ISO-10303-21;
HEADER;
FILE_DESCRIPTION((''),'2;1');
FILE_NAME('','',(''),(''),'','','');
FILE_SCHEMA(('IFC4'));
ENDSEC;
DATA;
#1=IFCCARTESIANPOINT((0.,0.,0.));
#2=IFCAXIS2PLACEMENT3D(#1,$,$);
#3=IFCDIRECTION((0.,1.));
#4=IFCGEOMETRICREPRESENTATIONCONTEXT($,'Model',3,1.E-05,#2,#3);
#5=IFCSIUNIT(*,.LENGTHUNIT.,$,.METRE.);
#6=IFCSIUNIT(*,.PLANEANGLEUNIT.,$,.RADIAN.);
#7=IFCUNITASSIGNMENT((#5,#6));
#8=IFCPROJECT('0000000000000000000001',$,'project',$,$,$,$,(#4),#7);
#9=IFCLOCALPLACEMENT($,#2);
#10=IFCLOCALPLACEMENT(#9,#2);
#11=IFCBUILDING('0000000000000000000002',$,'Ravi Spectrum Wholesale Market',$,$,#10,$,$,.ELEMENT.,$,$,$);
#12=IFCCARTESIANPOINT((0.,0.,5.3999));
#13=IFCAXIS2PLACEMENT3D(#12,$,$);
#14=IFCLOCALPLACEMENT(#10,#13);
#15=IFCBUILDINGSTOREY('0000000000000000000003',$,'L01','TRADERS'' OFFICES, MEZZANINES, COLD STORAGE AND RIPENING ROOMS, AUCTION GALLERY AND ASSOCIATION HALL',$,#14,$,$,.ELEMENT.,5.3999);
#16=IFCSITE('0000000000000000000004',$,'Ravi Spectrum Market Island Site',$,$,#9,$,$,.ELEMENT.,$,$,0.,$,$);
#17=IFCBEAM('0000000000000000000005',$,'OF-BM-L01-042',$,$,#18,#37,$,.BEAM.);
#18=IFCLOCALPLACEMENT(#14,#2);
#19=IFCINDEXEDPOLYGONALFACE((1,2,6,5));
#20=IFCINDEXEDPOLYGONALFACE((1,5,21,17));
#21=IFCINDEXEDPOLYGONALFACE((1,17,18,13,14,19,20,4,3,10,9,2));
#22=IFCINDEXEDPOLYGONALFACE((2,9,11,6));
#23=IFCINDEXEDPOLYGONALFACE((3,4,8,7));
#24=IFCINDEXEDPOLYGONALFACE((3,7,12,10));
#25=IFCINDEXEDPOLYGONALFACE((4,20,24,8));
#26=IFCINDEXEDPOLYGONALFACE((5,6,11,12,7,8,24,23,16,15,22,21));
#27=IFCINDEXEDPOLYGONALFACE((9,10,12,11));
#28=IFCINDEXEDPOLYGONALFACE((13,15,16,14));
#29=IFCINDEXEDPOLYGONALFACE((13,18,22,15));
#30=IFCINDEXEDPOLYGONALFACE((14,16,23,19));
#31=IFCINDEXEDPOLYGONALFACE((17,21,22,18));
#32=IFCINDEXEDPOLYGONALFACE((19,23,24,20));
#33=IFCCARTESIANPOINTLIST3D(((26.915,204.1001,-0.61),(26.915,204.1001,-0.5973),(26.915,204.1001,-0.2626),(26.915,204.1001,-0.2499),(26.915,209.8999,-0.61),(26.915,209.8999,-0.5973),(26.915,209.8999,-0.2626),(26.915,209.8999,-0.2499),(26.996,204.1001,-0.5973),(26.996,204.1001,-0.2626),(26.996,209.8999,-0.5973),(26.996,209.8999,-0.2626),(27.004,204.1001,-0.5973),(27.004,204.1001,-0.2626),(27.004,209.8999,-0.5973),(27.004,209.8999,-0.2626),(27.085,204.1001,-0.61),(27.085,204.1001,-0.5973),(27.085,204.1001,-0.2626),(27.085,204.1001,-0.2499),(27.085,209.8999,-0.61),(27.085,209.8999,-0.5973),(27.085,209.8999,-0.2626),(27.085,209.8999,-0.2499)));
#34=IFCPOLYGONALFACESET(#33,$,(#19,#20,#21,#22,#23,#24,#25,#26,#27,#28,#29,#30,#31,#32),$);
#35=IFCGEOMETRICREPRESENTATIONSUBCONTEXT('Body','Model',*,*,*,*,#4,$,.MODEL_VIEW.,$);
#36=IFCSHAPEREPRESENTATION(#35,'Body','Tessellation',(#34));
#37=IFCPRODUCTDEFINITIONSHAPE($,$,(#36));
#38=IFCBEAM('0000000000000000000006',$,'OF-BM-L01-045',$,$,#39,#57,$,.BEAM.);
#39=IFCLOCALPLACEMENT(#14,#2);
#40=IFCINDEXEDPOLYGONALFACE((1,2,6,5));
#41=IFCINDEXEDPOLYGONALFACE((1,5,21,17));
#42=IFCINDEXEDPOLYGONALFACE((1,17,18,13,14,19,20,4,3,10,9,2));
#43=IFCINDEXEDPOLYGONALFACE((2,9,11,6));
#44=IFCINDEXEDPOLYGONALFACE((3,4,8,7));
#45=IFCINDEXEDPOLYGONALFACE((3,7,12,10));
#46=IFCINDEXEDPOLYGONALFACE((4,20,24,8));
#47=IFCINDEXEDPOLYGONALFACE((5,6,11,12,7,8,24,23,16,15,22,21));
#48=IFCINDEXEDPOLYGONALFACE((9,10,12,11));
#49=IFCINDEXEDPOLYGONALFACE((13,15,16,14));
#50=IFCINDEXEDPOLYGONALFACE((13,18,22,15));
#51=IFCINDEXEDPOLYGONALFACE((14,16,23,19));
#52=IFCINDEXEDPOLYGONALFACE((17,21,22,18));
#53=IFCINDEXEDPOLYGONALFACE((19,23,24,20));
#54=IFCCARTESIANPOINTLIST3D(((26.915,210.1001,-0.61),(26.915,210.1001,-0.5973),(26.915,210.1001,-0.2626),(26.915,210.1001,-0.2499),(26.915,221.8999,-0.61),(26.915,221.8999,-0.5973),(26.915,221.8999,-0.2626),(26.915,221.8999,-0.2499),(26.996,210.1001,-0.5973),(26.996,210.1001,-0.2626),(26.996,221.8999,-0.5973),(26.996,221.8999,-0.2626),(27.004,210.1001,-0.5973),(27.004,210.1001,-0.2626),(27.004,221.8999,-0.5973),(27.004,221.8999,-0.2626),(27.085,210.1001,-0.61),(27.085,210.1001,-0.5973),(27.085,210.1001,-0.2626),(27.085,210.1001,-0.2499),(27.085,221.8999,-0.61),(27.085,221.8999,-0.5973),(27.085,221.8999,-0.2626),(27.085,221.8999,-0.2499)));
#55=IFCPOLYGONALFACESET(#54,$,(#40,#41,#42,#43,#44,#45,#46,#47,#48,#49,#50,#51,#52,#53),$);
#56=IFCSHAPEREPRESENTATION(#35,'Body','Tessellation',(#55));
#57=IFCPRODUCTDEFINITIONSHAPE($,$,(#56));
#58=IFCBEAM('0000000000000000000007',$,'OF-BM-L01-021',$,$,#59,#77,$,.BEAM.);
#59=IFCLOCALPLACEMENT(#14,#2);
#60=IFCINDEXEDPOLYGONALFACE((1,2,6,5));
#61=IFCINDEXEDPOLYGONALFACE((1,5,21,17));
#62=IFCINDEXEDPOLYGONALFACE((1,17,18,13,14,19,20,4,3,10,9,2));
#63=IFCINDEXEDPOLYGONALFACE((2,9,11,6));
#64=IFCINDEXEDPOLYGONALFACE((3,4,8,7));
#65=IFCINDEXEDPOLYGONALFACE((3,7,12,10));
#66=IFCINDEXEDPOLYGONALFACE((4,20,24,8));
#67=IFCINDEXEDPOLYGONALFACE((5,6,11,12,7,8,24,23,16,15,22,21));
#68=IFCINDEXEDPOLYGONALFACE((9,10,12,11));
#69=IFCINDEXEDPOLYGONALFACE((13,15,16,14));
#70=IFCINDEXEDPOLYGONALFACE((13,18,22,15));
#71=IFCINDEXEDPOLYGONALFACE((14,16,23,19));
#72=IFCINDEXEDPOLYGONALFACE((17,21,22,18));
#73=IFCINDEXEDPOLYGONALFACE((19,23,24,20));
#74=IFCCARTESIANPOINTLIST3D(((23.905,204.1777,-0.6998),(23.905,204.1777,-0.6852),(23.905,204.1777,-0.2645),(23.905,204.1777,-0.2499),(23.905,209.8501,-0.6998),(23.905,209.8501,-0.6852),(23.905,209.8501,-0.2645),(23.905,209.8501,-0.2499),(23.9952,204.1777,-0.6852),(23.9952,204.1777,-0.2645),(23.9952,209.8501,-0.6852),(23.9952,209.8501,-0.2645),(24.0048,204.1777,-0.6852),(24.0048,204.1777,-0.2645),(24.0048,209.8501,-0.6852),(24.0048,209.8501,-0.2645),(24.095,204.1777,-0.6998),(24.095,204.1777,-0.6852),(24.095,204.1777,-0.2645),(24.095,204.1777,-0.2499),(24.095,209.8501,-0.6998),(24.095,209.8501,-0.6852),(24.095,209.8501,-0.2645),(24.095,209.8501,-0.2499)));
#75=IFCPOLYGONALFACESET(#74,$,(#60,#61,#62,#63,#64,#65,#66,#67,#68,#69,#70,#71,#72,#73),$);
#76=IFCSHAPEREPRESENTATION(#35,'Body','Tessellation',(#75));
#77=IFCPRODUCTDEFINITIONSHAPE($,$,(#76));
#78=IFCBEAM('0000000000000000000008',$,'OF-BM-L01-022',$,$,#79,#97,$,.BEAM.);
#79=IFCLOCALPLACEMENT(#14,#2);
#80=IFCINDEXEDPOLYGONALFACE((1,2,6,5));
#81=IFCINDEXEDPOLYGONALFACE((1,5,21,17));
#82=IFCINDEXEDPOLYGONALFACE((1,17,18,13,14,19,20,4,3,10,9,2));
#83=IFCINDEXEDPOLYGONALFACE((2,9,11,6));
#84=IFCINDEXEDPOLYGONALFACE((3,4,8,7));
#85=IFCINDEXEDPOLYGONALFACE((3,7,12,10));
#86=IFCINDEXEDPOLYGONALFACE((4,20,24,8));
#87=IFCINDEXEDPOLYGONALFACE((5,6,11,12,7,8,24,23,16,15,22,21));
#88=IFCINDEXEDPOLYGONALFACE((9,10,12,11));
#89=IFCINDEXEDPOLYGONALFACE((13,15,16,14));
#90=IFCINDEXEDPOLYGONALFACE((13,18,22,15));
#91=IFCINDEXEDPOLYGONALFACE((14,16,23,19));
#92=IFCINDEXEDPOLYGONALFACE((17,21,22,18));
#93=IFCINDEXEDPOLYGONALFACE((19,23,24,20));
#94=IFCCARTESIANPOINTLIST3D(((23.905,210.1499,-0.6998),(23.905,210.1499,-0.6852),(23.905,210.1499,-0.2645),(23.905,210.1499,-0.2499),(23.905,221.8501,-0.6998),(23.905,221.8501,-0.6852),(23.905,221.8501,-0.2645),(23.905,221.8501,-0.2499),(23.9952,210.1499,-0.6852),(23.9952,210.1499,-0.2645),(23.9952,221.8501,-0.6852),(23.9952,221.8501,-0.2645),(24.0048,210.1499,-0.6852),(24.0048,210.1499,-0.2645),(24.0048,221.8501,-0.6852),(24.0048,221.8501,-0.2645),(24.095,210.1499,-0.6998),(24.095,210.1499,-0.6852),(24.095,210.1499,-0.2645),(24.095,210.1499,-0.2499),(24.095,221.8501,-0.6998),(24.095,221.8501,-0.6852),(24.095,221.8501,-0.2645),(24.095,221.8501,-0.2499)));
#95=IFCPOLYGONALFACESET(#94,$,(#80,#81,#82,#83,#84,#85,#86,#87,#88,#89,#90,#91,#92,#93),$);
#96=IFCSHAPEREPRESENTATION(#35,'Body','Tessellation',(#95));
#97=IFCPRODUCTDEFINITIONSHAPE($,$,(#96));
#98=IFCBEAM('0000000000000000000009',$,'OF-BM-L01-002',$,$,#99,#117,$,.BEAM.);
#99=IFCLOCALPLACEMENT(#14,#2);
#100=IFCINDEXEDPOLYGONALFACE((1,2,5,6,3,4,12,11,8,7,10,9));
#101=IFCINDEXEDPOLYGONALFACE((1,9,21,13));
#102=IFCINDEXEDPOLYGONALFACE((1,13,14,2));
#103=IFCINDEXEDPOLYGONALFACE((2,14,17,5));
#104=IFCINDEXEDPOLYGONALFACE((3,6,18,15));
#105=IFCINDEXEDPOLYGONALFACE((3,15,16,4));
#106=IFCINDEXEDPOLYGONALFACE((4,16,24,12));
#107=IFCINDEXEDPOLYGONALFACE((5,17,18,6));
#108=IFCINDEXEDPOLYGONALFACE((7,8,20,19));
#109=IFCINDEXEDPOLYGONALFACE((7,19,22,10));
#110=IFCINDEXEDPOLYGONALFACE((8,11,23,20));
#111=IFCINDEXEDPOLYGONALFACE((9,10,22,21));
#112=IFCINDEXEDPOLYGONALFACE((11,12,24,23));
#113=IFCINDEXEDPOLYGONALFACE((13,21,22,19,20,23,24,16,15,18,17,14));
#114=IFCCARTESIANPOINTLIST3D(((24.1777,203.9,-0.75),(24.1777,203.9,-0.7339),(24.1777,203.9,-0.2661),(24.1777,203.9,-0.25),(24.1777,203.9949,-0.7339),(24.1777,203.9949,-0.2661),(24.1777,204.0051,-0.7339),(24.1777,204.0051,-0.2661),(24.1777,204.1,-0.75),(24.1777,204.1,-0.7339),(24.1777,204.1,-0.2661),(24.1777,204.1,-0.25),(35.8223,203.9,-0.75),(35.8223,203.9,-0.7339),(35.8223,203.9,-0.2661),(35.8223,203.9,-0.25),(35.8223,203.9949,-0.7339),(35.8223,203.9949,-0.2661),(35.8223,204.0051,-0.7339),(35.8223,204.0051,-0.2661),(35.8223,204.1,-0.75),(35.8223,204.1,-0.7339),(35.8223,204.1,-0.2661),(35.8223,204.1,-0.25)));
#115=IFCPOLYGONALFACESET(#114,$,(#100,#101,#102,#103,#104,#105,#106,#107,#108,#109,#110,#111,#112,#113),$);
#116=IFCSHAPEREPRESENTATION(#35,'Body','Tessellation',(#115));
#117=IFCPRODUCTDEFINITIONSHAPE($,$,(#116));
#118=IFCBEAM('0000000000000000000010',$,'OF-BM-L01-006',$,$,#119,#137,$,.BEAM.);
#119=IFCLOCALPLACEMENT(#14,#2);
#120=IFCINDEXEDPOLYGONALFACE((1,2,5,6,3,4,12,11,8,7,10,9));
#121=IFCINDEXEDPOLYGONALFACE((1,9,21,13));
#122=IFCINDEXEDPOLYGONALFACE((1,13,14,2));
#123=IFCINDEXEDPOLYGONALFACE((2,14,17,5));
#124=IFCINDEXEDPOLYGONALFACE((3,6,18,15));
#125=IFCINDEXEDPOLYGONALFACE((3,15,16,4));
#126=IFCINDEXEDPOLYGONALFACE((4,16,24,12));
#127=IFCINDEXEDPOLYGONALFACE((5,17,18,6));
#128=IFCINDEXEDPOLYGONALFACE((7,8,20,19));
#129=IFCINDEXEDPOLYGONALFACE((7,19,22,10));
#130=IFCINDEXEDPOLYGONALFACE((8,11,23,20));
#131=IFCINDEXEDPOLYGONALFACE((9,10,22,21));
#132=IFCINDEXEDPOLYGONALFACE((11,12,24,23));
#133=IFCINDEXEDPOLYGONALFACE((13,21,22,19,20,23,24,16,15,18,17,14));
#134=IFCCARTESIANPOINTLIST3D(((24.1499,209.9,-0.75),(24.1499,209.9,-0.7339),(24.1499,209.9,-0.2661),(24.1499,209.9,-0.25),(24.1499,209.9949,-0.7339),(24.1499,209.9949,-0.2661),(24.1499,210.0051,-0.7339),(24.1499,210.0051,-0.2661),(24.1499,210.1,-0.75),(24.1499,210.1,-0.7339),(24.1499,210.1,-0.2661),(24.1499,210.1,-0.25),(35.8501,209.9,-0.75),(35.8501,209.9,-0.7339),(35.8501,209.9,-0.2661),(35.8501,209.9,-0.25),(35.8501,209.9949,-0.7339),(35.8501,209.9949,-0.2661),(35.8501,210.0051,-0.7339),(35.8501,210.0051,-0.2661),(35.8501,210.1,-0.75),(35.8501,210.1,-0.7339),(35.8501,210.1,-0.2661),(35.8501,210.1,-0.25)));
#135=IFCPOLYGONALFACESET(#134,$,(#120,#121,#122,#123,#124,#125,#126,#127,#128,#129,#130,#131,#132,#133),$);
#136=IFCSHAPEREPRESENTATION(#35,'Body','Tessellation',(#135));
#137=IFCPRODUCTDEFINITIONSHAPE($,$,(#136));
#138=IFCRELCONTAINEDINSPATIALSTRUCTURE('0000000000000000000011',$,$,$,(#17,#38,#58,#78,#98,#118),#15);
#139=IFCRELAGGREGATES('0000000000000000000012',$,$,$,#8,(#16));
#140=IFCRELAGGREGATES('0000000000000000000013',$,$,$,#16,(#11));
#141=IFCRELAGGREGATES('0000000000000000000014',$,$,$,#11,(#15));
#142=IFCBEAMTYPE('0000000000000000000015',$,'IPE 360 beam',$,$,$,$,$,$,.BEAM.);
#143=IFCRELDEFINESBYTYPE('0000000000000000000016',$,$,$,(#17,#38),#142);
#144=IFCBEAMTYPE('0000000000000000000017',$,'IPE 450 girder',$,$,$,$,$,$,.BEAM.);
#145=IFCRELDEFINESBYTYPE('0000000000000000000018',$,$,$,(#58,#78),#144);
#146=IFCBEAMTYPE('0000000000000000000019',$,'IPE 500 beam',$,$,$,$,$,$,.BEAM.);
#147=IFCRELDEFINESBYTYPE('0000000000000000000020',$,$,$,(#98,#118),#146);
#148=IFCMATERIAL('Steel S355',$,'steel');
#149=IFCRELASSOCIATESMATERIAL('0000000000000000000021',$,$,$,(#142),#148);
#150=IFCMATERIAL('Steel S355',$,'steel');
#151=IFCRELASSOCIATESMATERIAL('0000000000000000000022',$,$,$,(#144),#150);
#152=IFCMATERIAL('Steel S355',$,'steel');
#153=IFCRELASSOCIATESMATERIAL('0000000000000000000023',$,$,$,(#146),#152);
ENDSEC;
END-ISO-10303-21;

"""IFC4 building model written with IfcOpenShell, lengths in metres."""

from ifc_helpers import new_model, si_unit, direction, frame, origin, origin_2d, place, context, subcontext, project, spatial, i_section, extrude, material, material_profile, profile_set, type_object, element, save


model = new_model("IFC4")

# Units and contexts
model_context = context("Model", 3, precision=1e-05, world=origin(), true_north=direction((0.0, 1.0)))
body_context = subcontext(model_context, "Body", "Model", "MODEL_VIEW")
ifc_project = project(units=[si_unit("LENGTHUNIT", "METRE"), si_unit("PLANEANGLEUNIT", "RADIAN")], contexts=[model_context])

# Site, building, storey
site_placement = place(None, origin())
site = spatial("IfcSite", under=ifc_project, at=site_placement, Name="Ravi Spectrum Market Island Site", CompositionType="ELEMENT", RefElevation=0.0)
building_placement = place(site_placement, origin())
building = spatial("IfcBuilding", under=site, at=building_placement, Name="Ravi Spectrum Wholesale Market", CompositionType="ELEMENT")
storey_placement = place(building_placement, frame((0.0, 0.0, 5.3999)))
storey = spatial("IfcBuildingStorey", under=building, at=storey_placement, Name="L01", Description="TRADERS' OFFICES, MEZZANINES, COLD STORAGE AND RIPENING ROOMS, AUCTION GALLERY AND ASSOCIATION HALL", CompositionType="ELEMENT", Elevation=5.3999)

# Beams
ifc_material_1 = material(Name="Steel S355", Category="steel")
ifc_material_profile_1 = material_profile(ifc_material_1, i_section(OverallWidth=0.1699, OverallDepth=0.3601, WebThickness=0.0081, FlangeThickness=0.0127, at=origin_2d()))
ifc_profile_set_1 = profile_set([ifc_material_profile_1], Name="Steel S355")
beam_type_1 = type_object("IfcBeamType", Name="IPE 360 beam", PredefinedType="BEAM", material=ifc_profile_set_1)
beam_1_placement = place(storey_placement, frame((27.0, 204.1001, -0.4299), z_axis=(0.0, 1.0, 0.0), x_axis=(-1.0, 0.0, 0.0)))
element("IfcBeam", 1, at=beam_1_placement, inside=storey, type_object=beam_type_1, Name="OF-BM-L01-042", PredefinedType="BEAM", context=body_context, shape_type="SweptSolid", body=[
    extrude(i_section(OverallWidth=0.1699, OverallDepth=0.3601, WebThickness=0.0081, FlangeThickness=0.0127, at=origin_2d()), origin(), (0.0, 0.0, 1.0), 5.7998),
])
beam_2_placement = place(storey_placement, frame((27.0, 210.1001, -0.4299), z_axis=(0.0, 1.0, 0.0), x_axis=(-1.0, 0.0, 0.0)))
element("IfcBeam", 2, at=beam_2_placement, inside=storey, type_object=beam_type_1, Name="OF-BM-L01-045", PredefinedType="BEAM", context=body_context, shape_type="SweptSolid", body=[
    extrude(i_section(OverallWidth=0.1699, OverallDepth=0.3601, WebThickness=0.0081, FlangeThickness=0.0127, at=origin_2d()), origin(), (0.0, 0.0, 1.0), 11.7998),
])
ifc_material_2 = material(Name="Steel S355", Category="steel")
ifc_material_profile_2 = material_profile(ifc_material_2, i_section(OverallWidth=0.1899, OverallDepth=0.45, WebThickness=0.0095, FlangeThickness=0.0146, at=origin_2d()))
ifc_profile_set_2 = profile_set([ifc_material_profile_2], Name="Steel S355")
beam_type_2 = type_object("IfcBeamType", Name="IPE 450 girder", PredefinedType="BEAM", material=ifc_profile_set_2)
beam_3_placement = place(storey_placement, frame((24.0, 204.1777, -0.4749), z_axis=(0.0, 1.0, 0.0), x_axis=(-1.0, 0.0, 0.0)))
element("IfcBeam", 3, at=beam_3_placement, inside=storey, type_object=beam_type_2, Name="OF-BM-L01-021", PredefinedType="BEAM", context=body_context, shape_type="SweptSolid", body=[
    extrude(i_section(OverallWidth=0.1899, OverallDepth=0.45, WebThickness=0.0095, FlangeThickness=0.0146, at=origin_2d()), origin(), (0.0, 0.0, 1.0), 5.6724),
])
beam_4_placement = place(storey_placement, frame((24.0, 210.1499, -0.4749), z_axis=(0.0, 1.0, 0.0), x_axis=(-1.0, 0.0, 0.0)))
element("IfcBeam", 4, at=beam_4_placement, inside=storey, type_object=beam_type_2, Name="OF-BM-L01-022", PredefinedType="BEAM", context=body_context, shape_type="SweptSolid", body=[
    extrude(i_section(OverallWidth=0.1899, OverallDepth=0.45, WebThickness=0.0095, FlangeThickness=0.0146, at=origin_2d()), origin(), (0.0, 0.0, 1.0), 11.7002),
])
ifc_material_3 = material(Name="Steel S355", Category="steel")
ifc_material_profile_3 = material_profile(ifc_material_3, i_section(OverallWidth=0.2, OverallDepth=0.5, WebThickness=0.0103, FlangeThickness=0.0161, at=origin_2d()))
ifc_profile_set_3 = profile_set([ifc_material_profile_3], Name="Steel S355")
beam_type_3 = type_object("IfcBeamType", Name="IPE 500 beam", PredefinedType="BEAM", material=ifc_profile_set_3)
beam_5_placement = place(storey_placement, frame((24.1777, 204.0, -0.5), z_axis=(1.0, 0.0, 0.0), x_axis=(0.0, 1.0, 0.0)))
element("IfcBeam", 5, at=beam_5_placement, inside=storey, type_object=beam_type_3, Name="OF-BM-L01-002", PredefinedType="BEAM", context=body_context, shape_type="SweptSolid", body=[
    extrude(i_section(OverallWidth=0.2, OverallDepth=0.5, WebThickness=0.0103, FlangeThickness=0.0161, at=origin_2d()), origin(), (0.0, 0.0, 1.0), 11.6445),
])
beam_6_placement = place(storey_placement, frame((24.1499, 210.0, -0.5), z_axis=(1.0, 0.0, 0.0), x_axis=(0.0, 1.0, 0.0)))
element("IfcBeam", 6, at=beam_6_placement, inside=storey, type_object=beam_type_3, Name="OF-BM-L01-006", PredefinedType="BEAM", context=body_context, shape_type="SweptSolid", body=[
    extrude(i_section(OverallWidth=0.2, OverallDepth=0.5, WebThickness=0.0103, FlangeThickness=0.0161, at=origin_2d()), origin(), (0.0, 0.0, 1.0), 11.7002),
])

save(model, "model.ifc")
